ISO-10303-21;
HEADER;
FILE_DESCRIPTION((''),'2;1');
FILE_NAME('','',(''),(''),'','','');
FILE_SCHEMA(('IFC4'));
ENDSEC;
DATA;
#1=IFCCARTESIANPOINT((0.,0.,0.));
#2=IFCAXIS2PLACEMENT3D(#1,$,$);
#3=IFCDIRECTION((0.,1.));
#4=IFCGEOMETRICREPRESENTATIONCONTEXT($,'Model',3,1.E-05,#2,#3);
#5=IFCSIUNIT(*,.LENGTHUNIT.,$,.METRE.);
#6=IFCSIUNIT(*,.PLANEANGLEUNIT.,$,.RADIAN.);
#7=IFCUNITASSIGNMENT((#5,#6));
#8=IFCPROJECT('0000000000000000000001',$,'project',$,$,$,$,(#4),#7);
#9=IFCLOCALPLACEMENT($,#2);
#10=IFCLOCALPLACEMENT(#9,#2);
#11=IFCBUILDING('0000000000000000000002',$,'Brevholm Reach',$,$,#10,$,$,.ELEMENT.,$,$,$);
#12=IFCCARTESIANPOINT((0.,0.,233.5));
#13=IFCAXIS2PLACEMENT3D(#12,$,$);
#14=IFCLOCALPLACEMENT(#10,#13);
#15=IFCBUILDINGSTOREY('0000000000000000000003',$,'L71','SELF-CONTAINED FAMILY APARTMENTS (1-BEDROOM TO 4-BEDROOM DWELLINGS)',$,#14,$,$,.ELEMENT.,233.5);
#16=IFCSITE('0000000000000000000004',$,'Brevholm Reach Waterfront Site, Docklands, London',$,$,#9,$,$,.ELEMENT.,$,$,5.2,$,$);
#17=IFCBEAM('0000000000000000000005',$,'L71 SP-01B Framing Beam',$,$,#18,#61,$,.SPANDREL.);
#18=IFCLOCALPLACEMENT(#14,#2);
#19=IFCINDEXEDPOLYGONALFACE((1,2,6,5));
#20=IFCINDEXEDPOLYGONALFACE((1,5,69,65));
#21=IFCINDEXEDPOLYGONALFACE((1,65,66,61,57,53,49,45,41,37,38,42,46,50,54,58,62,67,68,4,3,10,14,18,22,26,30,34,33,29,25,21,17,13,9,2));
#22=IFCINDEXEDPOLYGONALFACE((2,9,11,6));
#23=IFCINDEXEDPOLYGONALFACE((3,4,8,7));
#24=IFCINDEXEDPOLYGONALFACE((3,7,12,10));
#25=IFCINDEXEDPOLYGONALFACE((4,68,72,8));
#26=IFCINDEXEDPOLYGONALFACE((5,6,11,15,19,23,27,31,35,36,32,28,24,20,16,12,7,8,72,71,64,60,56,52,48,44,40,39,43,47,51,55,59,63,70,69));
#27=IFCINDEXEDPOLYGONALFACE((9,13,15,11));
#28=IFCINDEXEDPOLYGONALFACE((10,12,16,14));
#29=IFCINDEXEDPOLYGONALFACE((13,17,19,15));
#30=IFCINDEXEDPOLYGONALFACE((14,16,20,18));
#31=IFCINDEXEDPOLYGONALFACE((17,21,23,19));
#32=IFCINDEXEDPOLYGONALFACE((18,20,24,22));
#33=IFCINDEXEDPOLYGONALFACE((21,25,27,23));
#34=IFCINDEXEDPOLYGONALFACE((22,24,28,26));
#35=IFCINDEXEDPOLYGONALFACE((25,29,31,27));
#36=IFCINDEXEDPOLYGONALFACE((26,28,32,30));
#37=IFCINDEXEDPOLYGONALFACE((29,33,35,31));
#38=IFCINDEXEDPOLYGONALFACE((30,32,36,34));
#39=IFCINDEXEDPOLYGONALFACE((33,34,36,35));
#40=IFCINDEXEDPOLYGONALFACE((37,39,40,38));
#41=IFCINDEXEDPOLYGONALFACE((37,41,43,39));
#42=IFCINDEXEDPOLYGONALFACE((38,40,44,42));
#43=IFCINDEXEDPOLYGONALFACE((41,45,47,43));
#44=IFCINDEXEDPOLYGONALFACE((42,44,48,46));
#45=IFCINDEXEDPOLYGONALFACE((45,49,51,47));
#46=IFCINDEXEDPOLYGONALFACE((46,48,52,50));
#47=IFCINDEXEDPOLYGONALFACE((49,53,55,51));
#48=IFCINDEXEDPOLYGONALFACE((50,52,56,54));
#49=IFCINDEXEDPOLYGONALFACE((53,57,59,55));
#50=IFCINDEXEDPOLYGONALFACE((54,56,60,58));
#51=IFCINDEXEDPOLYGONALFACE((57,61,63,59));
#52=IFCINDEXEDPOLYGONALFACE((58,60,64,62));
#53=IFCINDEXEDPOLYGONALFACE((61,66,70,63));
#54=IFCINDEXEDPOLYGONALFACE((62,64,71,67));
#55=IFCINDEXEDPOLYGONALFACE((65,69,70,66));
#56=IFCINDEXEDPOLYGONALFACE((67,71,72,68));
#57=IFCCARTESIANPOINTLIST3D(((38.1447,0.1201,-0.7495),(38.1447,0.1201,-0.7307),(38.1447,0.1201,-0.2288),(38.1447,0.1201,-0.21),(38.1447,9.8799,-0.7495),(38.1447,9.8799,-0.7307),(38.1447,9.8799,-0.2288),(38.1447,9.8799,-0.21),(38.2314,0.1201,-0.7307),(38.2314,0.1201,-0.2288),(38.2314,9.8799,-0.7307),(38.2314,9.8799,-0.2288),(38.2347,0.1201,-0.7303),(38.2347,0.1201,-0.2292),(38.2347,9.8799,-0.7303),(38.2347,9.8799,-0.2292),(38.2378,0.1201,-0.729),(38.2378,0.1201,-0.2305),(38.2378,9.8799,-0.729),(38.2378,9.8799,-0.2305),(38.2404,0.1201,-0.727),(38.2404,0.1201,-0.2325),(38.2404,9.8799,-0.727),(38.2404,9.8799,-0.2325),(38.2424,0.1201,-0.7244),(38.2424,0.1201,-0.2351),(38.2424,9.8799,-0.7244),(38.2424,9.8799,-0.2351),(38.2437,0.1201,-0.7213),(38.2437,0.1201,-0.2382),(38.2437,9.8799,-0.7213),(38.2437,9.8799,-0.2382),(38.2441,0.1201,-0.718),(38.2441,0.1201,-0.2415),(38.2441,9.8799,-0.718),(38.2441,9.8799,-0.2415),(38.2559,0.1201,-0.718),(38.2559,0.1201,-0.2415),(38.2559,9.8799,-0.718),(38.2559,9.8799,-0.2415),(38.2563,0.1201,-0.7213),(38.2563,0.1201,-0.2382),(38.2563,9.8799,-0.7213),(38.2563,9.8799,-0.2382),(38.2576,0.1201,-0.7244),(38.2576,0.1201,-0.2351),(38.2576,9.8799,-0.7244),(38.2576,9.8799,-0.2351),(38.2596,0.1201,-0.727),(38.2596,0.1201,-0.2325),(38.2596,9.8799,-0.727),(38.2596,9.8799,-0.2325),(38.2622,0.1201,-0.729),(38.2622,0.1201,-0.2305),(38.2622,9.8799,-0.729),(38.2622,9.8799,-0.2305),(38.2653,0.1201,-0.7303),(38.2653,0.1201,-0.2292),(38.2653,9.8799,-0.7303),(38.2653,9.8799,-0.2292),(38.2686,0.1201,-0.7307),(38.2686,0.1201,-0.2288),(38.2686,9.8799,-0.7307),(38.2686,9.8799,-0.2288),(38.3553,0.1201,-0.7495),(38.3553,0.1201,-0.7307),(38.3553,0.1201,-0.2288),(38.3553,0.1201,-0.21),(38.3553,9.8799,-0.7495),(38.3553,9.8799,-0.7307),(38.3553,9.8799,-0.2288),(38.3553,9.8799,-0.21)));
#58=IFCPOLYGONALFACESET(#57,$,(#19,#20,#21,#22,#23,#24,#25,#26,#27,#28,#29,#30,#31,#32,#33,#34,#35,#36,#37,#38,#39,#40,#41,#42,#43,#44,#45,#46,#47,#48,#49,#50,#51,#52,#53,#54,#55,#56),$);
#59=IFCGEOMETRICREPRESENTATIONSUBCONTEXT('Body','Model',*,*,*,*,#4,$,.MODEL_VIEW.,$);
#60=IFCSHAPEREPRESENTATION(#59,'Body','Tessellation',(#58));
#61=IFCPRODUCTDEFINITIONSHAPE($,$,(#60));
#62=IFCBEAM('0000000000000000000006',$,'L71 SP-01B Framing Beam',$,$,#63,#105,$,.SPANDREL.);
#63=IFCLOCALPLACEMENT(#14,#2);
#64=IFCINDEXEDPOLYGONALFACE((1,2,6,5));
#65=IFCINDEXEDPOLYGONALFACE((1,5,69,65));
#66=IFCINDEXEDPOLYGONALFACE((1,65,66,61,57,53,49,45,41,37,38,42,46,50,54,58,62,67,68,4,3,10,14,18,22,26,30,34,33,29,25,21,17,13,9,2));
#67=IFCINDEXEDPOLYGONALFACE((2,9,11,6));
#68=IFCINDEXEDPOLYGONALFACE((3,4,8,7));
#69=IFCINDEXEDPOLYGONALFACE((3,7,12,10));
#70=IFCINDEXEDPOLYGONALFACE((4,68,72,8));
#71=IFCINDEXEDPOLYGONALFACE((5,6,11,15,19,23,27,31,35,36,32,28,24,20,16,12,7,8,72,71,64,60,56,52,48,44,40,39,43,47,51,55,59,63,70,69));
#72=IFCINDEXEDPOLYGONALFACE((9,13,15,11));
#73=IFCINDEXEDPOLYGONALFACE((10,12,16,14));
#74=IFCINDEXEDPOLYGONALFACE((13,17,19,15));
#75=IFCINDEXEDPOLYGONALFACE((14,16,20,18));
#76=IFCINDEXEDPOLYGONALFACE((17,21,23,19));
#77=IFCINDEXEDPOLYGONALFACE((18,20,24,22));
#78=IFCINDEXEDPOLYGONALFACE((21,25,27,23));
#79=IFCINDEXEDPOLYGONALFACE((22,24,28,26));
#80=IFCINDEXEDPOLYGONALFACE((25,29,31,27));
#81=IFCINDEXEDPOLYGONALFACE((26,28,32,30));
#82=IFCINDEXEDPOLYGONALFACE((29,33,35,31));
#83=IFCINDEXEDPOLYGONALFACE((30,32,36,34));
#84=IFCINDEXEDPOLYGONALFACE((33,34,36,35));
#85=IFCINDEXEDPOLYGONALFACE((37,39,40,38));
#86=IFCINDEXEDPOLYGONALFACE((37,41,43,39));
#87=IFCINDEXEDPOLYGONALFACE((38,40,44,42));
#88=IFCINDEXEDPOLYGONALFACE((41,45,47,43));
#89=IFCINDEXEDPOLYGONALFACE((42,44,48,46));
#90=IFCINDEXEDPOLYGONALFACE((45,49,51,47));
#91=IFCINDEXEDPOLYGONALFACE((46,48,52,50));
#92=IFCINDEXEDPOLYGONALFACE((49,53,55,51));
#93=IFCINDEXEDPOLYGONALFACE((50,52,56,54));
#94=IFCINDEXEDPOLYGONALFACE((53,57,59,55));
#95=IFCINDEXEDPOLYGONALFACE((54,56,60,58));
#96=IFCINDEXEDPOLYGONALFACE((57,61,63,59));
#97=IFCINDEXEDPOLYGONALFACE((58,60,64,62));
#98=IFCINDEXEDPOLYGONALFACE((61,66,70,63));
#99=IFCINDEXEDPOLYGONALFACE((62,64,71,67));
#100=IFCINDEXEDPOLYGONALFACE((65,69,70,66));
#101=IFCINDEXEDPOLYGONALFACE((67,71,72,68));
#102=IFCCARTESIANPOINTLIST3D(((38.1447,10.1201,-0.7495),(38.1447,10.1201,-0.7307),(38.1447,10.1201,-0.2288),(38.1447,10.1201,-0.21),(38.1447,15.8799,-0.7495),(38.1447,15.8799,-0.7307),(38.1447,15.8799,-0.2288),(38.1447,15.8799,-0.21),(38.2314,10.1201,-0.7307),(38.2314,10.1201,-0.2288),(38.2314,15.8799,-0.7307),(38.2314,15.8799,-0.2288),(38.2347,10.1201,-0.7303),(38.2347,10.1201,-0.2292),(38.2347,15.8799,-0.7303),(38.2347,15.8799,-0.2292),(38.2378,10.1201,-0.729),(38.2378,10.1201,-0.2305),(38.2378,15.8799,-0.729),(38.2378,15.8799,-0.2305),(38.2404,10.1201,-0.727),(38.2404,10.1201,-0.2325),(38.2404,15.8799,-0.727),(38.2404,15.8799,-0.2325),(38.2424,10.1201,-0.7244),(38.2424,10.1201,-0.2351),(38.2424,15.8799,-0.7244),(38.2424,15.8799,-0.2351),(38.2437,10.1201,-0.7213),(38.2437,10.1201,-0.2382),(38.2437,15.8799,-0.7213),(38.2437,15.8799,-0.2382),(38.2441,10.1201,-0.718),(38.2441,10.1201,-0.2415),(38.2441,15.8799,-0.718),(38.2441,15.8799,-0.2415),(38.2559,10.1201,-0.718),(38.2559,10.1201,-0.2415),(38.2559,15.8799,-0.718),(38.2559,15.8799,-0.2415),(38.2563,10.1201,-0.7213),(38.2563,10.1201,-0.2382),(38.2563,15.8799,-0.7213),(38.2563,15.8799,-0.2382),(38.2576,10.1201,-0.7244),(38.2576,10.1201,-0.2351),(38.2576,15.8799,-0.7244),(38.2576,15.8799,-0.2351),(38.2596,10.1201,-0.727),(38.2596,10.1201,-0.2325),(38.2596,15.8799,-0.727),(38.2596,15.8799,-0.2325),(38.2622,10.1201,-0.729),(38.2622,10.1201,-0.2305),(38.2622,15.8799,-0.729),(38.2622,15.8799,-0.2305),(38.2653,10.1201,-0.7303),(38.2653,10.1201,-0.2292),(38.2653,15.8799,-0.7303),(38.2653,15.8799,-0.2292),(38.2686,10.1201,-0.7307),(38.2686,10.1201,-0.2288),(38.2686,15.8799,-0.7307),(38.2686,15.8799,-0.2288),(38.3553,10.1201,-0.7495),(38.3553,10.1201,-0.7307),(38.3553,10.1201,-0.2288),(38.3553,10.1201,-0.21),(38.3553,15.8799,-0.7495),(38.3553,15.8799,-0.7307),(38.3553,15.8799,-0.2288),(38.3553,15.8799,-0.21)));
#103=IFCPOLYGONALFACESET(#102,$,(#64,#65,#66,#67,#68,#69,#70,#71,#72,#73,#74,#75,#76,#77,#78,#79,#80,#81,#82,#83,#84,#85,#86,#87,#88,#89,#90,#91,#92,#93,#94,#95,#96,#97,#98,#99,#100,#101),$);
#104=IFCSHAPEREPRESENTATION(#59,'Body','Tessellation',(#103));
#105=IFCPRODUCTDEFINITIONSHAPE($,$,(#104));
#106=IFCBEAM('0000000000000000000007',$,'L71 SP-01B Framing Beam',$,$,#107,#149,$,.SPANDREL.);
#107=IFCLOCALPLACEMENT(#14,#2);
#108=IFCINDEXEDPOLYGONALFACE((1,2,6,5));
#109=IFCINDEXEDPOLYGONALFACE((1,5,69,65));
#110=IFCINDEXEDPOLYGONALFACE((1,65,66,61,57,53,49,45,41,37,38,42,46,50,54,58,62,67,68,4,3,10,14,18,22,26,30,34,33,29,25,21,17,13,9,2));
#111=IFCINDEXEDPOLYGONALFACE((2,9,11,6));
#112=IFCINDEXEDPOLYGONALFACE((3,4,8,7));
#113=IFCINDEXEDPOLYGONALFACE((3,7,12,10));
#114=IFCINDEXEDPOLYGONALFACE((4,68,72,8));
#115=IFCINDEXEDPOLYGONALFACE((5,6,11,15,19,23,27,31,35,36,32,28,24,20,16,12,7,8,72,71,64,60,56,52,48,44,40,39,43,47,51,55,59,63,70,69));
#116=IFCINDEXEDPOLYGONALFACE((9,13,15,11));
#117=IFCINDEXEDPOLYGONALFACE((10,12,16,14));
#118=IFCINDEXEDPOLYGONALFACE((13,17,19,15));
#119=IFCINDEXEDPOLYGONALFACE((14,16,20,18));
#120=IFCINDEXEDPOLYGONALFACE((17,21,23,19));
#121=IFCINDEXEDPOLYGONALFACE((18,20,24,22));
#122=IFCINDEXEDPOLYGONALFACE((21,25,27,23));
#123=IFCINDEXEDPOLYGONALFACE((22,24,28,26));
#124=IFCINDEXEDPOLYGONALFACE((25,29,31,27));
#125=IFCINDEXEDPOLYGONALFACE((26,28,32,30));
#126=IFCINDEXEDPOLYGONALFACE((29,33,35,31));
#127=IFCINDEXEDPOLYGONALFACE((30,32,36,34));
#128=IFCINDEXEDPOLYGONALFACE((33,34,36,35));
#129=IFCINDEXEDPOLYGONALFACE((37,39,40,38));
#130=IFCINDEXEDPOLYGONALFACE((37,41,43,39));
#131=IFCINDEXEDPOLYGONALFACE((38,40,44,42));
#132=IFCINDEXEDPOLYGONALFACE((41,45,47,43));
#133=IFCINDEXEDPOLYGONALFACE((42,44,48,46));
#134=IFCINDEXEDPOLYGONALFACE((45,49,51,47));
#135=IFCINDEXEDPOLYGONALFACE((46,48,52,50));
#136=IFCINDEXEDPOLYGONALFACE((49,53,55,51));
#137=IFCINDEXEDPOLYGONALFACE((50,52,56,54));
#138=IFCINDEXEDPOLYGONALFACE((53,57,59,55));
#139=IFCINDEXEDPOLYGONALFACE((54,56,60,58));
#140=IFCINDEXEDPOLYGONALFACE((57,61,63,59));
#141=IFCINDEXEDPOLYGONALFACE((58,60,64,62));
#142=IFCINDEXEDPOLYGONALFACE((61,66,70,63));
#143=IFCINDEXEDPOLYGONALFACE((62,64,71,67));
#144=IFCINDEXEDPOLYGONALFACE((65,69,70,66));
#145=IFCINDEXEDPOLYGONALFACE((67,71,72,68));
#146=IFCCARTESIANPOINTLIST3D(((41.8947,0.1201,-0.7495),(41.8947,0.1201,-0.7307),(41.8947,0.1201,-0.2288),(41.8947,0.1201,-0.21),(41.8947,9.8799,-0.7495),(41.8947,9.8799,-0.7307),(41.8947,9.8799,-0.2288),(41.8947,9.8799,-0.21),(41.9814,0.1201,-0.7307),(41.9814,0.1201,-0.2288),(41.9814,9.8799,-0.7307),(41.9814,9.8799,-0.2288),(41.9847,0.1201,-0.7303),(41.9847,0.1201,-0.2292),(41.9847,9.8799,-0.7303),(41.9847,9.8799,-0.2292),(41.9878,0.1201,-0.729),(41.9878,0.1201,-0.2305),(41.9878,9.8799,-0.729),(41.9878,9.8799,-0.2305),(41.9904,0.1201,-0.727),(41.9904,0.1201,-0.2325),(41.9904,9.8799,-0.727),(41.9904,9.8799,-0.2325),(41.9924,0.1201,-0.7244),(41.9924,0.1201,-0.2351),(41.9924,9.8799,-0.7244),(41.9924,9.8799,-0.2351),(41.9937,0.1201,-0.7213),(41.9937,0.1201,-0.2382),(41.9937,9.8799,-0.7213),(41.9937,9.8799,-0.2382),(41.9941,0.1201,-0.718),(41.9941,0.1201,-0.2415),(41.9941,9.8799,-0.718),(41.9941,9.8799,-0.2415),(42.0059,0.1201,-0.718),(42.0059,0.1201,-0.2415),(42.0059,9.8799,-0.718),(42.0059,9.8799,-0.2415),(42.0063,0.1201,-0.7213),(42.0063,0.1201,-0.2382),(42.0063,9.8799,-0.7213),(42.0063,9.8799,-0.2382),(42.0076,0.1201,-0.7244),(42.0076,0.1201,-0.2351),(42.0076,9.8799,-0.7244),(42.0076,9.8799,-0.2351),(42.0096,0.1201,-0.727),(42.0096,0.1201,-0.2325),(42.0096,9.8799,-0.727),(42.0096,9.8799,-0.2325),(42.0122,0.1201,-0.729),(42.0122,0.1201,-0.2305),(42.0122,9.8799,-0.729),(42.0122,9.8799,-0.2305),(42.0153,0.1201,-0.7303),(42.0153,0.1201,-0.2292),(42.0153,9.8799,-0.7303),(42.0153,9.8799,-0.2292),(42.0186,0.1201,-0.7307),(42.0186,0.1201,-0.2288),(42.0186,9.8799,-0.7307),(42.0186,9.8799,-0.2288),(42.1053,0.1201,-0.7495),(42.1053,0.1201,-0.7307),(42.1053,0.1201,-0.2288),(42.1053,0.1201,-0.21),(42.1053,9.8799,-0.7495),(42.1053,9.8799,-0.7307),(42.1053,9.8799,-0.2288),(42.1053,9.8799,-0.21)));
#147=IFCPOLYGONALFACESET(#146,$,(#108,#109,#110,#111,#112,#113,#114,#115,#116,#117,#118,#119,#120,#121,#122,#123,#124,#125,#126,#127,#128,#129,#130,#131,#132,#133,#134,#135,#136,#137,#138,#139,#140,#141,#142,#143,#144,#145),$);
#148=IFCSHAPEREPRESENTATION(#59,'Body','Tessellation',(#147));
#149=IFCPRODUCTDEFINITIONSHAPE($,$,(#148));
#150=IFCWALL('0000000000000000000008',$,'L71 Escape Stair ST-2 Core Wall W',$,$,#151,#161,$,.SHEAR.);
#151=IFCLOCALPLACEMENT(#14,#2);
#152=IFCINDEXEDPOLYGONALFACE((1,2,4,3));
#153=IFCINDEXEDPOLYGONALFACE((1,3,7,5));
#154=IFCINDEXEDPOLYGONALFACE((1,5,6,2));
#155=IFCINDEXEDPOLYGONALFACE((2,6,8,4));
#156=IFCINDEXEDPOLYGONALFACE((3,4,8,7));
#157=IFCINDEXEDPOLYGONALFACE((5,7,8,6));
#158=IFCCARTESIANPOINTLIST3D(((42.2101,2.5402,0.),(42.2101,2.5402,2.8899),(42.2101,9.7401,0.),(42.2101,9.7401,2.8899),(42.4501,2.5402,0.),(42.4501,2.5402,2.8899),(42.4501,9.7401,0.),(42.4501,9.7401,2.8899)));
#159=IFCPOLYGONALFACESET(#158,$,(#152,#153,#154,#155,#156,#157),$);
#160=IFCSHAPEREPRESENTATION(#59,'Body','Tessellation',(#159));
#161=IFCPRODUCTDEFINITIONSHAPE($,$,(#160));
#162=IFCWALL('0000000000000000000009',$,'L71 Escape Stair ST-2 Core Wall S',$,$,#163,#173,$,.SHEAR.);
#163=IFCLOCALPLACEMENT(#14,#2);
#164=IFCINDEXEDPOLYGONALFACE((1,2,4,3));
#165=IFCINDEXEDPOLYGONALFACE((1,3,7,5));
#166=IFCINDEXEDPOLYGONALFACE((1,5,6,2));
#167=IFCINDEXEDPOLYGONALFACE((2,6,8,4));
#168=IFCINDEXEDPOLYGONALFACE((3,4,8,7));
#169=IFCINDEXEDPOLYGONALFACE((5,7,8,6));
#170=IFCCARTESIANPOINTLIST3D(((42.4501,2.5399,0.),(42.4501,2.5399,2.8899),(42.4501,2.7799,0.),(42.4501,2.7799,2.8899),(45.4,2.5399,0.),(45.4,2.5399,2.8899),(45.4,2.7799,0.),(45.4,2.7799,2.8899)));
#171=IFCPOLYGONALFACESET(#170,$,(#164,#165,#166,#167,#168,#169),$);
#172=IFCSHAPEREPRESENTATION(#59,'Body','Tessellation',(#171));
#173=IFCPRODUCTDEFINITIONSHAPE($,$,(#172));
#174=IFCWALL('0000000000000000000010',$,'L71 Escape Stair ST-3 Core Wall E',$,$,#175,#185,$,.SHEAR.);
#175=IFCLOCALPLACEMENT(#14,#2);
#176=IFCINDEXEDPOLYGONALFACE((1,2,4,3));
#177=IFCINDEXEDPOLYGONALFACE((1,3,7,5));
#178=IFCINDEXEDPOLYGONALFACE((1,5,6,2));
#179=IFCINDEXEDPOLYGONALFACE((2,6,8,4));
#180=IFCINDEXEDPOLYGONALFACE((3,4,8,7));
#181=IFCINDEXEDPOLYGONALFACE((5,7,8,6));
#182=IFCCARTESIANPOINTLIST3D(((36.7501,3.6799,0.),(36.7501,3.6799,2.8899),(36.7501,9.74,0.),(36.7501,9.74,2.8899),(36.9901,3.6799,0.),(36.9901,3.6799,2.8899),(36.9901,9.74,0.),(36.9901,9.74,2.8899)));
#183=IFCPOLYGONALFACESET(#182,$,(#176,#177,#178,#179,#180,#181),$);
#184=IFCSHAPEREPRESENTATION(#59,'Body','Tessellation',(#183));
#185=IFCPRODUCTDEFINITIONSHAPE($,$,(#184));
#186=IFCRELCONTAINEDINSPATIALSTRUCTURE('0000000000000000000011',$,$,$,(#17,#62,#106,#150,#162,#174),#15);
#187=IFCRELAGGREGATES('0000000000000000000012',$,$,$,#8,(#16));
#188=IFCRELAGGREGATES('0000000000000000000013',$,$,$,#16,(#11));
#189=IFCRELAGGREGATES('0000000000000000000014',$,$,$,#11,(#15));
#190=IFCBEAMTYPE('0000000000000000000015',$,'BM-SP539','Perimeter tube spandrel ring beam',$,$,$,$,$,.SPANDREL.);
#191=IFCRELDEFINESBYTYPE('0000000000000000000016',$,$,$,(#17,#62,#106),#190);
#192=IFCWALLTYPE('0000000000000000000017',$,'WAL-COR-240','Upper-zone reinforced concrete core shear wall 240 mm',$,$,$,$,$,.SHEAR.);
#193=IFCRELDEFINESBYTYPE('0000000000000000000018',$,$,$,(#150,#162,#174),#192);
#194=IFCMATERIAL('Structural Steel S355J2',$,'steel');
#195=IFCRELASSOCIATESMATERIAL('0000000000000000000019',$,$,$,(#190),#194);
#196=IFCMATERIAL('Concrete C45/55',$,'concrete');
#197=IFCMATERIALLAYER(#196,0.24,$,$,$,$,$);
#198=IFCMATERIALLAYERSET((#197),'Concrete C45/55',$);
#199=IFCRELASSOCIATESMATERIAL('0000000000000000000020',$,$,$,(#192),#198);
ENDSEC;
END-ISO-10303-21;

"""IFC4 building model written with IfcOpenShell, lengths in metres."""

from ifc_helpers import new_model, si_unit, direction, frame, frame_2d, origin, origin_2d, place, context, subcontext, project, spatial, rectangle, i_section, extrude, material, layer, layer_set, material_profile, profile_set, type_object, element, save


model = new_model("IFC4")

# Units and contexts
model_context = context("Model", 3, precision=1e-05, world=origin(), true_north=direction((0.0, 1.0)))
body_context = subcontext(model_context, "Body", "Model", "MODEL_VIEW")
ifc_project = project(units=[si_unit("LENGTHUNIT", "METRE"), si_unit("PLANEANGLEUNIT", "RADIAN")], contexts=[model_context])

# Site, building, storey
site_placement = place(None, origin())
site = spatial("IfcSite", under=ifc_project, at=site_placement, Name="Brevholm Reach Waterfront Site, Docklands, London", CompositionType="ELEMENT", RefElevation=5.2)
building_placement = place(site_placement, origin())
building = spatial("IfcBuilding", under=site, at=building_placement, Name="Brevholm Reach", CompositionType="ELEMENT")
storey_placement = place(building_placement, frame((0.0, 0.0, 233.5)))
storey = spatial("IfcBuildingStorey", under=building, at=storey_placement, Name="L71", Description="SELF-CONTAINED FAMILY APARTMENTS (1-BEDROOM TO 4-BEDROOM DWELLINGS)", CompositionType="ELEMENT", Elevation=233.5)

# Beams
ifc_material_1 = material(Name="Structural Steel S355J2", Category="steel")
ifc_material_profile_1 = material_profile(ifc_material_1, i_section(OverallWidth=0.2107, OverallDepth=0.5396, WebThickness=0.0117, FlangeThickness=0.0188, FilletRadius=0.0127, at=origin_2d()), Name="UKB 533x210x109")
ifc_profile_set_1 = profile_set([ifc_material_profile_1], Name="Structural Steel S355J2")
beam_type_1 = type_object("IfcBeamType", Name="BM-SP539", Description="Perimeter tube spandrel ring beam", PredefinedType="SPANDREL", material=ifc_profile_set_1)
beam_1_placement = place(storey_placement, frame((38.25, 0.1201, -0.4797), z_axis=(0.0, 1.0, 0.0), x_axis=(-1.0, 0.0, 0.0)))
element("IfcBeam", 1, at=beam_1_placement, inside=storey, type_object=beam_type_1, Name="L71 SP-01B Framing Beam", PredefinedType="SPANDREL", context=body_context, shape_type="SweptSolid", body=[
    extrude(i_section(OverallWidth=0.2107, OverallDepth=0.5396, WebThickness=0.0117, FlangeThickness=0.0188, FilletRadius=0.0127, at=origin_2d()), origin(), (0.0, 0.0, 1.0), 9.7598),
])
beam_2_placement = place(storey_placement, frame((38.25, 10.1201, -0.4797), z_axis=(0.0, 1.0, 0.0), x_axis=(-1.0, 0.0, 0.0)))
element("IfcBeam", 2, at=beam_2_placement, inside=storey, type_object=beam_type_1, Name="L71 SP-01B Framing Beam", PredefinedType="SPANDREL", context=body_context, shape_type="SweptSolid", body=[
    extrude(i_section(OverallWidth=0.2107, OverallDepth=0.5396, WebThickness=0.0117, FlangeThickness=0.0188, FilletRadius=0.0127, at=origin_2d()), origin(), (0.0, 0.0, 1.0), 5.7598),
])
beam_3_placement = place(storey_placement, frame((42.0, 0.1201, -0.4797), z_axis=(0.0, 1.0, 0.0), x_axis=(-1.0, 0.0, 0.0)))
element("IfcBeam", 3, at=beam_3_placement, inside=storey, type_object=beam_type_1, Name="L71 SP-01B Framing Beam", PredefinedType="SPANDREL", context=body_context, shape_type="SweptSolid", body=[
    extrude(i_section(OverallWidth=0.2107, OverallDepth=0.5396, WebThickness=0.0117, FlangeThickness=0.0188, FilletRadius=0.0127, at=origin_2d()), origin(), (0.0, 0.0, 1.0), 9.7598),
])

# Walls
ifc_material_2 = material(Name="Concrete C45/55", Category="concrete")
ifc_layer_1 = layer(ifc_material_2, 0.24)
ifc_layer_set_1 = layer_set([ifc_layer_1], Name="Concrete C45/55")
wall_type_1 = type_object("IfcWallType", Name="WAL-COR-240", Description="Upper-zone reinforced concrete core shear wall 240 mm", PredefinedType="SHEAR", material=ifc_layer_set_1)
wall_1_placement = place(storey_placement, frame((42.3301, 2.54, 0.0), z_axis=(0.0, 0.0, 1.0), x_axis=(0.0, 1.0, 0.0)))
element("IfcWall", 4, at=wall_1_placement, inside=storey, type_object=wall_type_1, Name="L71 Escape Stair ST-2 Core Wall W", PredefinedType="SHEAR", context=body_context, shape_type="SweptSolid", body=[
    extrude(rectangle(XDim=7.2, YDim=0.24, at=frame_2d((3.6001, 0.0))), origin(), (0.0, 0.0, 1.0), 2.8899),
])
wall_2_placement = place(storey_placement, frame((42.45, 2.6599, 0.0), z_axis=(0.0, 0.0, 1.0), x_axis=(1.0, 0.0, 0.0)))
element("IfcWall", 5, at=wall_2_placement, inside=storey, type_object=wall_type_1, Name="L71 Escape Stair ST-2 Core Wall S", PredefinedType="SHEAR", context=body_context, shape_type="SweptSolid", body=[
    extrude(rectangle(XDim=2.95, YDim=0.24, at=frame_2d((1.4751, 0.0))), origin(), (0.0, 0.0, 1.0), 2.8899),
])
wall_3_placement = place(storey_placement, frame((36.8701, 3.6799, 0.0), z_axis=(0.0, 0.0, 1.0), x_axis=(0.0, 1.0, 0.0)))
element("IfcWall", 6, at=wall_3_placement, inside=storey, type_object=wall_type_1, Name="L71 Escape Stair ST-3 Core Wall E", PredefinedType="SHEAR", context=body_context, shape_type="SweptSolid", body=[
    extrude(rectangle(XDim=6.0601, YDim=0.24, at=frame_2d((3.03, 0.0))), origin(), (0.0, 0.0, 1.0), 2.8899),
])

save(model, "model.ifc")
